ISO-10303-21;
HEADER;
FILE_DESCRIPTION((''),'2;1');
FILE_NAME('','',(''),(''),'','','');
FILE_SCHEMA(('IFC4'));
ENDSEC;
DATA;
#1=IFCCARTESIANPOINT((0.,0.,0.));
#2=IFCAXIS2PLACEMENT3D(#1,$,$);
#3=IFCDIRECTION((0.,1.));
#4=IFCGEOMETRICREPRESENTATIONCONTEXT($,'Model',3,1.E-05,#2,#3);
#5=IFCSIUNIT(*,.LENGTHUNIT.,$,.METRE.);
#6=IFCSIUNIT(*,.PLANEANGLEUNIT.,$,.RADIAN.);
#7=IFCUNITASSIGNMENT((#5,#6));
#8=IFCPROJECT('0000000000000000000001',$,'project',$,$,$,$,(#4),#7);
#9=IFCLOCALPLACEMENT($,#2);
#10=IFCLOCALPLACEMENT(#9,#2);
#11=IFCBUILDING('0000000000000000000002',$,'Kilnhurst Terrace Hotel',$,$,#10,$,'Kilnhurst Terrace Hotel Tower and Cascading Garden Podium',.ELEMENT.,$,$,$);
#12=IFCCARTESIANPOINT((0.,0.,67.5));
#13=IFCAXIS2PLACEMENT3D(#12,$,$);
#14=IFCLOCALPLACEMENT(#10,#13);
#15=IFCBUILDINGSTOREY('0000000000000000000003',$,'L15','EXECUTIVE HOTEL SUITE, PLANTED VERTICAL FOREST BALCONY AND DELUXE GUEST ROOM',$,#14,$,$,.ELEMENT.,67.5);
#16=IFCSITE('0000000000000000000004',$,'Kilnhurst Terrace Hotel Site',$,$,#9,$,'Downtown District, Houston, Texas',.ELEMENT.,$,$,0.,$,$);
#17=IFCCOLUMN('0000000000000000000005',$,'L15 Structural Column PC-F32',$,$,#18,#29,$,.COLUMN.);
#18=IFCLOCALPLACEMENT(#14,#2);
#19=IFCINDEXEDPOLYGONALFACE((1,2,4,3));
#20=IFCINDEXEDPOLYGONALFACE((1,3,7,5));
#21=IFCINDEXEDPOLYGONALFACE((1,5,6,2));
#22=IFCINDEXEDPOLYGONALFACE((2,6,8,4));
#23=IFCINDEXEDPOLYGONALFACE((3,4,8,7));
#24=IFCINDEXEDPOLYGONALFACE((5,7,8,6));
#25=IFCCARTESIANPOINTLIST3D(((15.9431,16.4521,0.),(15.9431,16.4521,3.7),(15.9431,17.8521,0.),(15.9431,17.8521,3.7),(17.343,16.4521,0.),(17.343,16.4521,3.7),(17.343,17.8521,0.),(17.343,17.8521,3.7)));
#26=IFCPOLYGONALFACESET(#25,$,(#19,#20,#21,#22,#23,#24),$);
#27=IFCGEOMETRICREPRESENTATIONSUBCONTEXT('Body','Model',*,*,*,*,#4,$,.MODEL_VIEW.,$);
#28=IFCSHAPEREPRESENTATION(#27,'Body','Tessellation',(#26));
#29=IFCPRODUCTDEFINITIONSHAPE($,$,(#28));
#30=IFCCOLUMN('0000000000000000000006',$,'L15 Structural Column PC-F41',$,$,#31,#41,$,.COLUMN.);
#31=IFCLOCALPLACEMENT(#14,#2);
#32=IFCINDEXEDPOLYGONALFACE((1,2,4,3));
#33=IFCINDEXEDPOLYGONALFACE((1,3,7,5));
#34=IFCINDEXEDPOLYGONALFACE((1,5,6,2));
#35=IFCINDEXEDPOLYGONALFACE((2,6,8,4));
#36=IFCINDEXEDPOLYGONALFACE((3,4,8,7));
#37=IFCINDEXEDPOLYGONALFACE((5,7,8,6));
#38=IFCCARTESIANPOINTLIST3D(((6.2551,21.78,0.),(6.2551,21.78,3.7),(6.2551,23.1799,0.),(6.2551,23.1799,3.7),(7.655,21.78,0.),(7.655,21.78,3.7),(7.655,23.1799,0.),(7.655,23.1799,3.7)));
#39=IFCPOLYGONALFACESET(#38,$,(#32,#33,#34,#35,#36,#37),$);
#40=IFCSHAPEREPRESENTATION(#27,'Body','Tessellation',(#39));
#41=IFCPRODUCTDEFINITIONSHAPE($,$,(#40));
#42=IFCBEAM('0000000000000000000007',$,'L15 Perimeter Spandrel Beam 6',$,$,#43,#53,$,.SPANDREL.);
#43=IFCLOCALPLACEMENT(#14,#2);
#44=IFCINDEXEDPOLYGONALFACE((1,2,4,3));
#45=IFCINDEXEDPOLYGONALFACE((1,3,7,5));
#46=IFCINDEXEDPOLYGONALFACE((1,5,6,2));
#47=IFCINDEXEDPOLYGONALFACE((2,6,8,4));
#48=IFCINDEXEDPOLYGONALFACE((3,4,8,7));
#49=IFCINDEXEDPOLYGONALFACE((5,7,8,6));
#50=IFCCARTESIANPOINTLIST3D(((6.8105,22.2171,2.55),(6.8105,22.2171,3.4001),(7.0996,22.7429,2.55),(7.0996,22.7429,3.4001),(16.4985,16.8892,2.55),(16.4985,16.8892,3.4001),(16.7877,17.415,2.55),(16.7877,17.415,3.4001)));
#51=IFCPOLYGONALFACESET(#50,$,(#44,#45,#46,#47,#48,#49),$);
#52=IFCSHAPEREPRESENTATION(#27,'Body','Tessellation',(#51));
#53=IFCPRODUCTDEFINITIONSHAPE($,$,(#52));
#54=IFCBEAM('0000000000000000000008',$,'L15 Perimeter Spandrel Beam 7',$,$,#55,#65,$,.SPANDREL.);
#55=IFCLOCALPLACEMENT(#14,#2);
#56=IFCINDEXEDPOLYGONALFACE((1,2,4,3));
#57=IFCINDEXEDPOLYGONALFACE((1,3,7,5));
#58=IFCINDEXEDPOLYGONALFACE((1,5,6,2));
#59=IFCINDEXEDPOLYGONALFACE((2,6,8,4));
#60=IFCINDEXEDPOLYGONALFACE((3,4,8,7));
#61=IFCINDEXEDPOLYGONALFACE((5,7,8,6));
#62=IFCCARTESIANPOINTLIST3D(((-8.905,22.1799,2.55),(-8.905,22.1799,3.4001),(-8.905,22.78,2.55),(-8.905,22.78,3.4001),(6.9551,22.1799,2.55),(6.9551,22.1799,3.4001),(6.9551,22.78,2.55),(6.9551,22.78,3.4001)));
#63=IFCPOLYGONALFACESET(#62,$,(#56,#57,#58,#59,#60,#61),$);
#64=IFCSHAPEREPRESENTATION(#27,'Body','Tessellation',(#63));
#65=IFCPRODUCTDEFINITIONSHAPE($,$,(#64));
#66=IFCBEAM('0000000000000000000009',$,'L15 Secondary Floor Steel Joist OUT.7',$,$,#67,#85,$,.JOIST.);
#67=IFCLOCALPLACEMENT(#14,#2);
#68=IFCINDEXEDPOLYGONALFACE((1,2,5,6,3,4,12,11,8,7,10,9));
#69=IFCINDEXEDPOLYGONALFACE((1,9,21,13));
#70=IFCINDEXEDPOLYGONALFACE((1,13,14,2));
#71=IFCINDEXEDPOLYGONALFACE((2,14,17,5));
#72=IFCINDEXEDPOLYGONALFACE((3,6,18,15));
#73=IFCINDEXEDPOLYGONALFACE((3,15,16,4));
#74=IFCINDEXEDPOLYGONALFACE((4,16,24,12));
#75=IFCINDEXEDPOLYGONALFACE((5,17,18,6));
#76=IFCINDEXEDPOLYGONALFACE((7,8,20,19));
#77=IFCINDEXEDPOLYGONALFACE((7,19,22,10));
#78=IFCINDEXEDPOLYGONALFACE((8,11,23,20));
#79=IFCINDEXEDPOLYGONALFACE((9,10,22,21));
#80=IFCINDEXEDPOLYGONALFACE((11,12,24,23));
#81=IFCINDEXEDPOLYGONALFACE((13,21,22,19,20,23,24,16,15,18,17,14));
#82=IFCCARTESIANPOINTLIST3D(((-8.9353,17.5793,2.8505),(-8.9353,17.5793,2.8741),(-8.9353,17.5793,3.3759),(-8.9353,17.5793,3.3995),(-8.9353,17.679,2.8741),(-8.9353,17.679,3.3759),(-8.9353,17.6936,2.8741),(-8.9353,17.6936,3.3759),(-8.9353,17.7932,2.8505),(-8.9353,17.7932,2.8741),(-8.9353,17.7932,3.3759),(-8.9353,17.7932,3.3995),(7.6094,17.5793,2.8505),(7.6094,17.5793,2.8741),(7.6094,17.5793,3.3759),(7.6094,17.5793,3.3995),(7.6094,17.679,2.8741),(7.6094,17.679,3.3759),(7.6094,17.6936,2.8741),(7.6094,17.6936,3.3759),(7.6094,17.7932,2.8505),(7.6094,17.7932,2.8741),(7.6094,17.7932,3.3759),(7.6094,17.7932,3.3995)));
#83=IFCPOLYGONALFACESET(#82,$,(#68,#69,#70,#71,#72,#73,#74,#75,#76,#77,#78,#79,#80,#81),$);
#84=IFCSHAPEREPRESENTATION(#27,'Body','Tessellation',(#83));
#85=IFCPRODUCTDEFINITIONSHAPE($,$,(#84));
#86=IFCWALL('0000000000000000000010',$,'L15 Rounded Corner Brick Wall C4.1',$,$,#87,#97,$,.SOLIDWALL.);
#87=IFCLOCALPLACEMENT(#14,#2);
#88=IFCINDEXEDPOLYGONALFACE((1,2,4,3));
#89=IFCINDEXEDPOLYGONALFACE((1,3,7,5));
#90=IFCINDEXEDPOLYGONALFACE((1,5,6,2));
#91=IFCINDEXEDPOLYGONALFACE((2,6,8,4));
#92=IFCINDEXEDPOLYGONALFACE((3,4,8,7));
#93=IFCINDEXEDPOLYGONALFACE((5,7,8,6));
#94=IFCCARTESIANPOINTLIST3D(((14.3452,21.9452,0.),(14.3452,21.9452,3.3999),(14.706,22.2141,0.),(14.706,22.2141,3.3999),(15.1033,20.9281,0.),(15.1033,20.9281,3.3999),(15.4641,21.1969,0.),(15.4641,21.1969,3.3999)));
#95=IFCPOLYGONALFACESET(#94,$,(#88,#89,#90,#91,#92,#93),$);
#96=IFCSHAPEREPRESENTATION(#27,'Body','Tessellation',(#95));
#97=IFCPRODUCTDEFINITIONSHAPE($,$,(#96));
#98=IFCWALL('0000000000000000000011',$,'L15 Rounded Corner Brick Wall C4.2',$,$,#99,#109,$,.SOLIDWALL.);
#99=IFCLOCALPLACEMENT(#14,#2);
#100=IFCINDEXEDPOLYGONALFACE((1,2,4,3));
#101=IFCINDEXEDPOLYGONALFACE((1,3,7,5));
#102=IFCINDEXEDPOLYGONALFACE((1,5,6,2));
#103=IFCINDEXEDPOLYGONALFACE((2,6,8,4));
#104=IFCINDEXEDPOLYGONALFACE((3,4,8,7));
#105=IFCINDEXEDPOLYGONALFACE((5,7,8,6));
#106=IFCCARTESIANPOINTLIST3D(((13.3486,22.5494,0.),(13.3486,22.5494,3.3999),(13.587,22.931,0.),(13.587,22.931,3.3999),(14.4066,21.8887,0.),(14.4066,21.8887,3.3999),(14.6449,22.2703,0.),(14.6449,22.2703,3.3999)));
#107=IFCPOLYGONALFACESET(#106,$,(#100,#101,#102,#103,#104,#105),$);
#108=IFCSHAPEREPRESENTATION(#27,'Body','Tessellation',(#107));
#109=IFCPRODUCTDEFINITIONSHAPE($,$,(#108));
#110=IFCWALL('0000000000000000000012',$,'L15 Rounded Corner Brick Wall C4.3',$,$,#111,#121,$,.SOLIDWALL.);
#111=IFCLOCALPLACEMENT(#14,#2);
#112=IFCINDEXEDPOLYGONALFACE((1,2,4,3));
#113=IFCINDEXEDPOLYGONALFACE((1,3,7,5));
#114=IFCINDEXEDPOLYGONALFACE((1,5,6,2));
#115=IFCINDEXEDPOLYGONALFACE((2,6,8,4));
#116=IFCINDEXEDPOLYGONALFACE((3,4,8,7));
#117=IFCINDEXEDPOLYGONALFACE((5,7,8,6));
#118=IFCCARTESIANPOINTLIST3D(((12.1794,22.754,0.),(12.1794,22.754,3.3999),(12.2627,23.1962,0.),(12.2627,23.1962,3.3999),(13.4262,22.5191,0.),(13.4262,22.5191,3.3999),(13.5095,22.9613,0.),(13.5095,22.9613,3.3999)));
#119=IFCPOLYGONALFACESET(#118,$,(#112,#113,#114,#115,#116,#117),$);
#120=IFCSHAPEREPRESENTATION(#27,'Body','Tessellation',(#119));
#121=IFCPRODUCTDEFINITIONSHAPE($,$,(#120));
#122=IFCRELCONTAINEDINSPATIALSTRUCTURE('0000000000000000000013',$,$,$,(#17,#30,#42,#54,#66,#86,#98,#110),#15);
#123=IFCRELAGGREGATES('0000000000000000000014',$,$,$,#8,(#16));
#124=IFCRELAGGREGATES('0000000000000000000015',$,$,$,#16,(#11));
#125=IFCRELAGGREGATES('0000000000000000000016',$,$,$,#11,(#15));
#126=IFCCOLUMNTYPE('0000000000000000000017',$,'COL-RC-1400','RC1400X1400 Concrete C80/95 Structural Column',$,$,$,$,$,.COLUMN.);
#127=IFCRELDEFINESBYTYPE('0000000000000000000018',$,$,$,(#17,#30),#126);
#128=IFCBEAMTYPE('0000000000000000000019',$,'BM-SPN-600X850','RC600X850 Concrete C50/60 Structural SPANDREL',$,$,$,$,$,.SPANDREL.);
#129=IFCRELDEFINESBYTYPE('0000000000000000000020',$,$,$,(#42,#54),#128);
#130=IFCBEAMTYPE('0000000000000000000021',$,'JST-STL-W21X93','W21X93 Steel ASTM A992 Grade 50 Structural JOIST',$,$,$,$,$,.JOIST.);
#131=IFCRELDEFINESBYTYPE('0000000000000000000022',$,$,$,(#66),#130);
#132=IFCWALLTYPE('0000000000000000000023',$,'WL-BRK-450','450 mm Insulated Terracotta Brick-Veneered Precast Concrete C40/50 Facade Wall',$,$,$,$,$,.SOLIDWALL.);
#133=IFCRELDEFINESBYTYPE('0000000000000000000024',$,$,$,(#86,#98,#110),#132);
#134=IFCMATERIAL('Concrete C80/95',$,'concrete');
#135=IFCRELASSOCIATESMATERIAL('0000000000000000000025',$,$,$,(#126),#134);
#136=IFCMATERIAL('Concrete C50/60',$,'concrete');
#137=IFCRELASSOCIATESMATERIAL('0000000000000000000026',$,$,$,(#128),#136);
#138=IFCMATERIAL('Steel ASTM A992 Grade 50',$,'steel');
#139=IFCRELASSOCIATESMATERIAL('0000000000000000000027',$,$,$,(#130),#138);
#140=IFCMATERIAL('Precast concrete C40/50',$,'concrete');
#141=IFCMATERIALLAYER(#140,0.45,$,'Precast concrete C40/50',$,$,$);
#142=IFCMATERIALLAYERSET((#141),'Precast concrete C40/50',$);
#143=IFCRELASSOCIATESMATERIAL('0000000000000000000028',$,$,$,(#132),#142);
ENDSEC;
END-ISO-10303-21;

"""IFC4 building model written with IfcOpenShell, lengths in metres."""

from ifc_helpers import new_model, si_unit, direction, frame, frame_2d, origin, origin_2d, place, context, subcontext, project, spatial, rectangle, i_section, extrude, material, layer, layer_set, material_profile, profile_set, type_object, element, save


model = new_model("IFC4")

# Units and contexts
model_context = context("Model", 3, precision=1e-05, world=origin(), true_north=direction((0.0, 1.0)))
body_context = subcontext(model_context, "Body", "Model", "MODEL_VIEW")
ifc_project = project(units=[si_unit("LENGTHUNIT", "METRE"), si_unit("PLANEANGLEUNIT", "RADIAN")], contexts=[model_context])

# Site, building, storey
site_placement = place(None, origin())
site = spatial("IfcSite", under=ifc_project, at=site_placement, Name="Kilnhurst Terrace Hotel Site", LongName="Downtown District, Houston, Texas", CompositionType="ELEMENT", RefElevation=0.0)
building_placement = place(site_placement, origin())
building = spatial("IfcBuilding", under=site, at=building_placement, Name="Kilnhurst Terrace Hotel", LongName="Kilnhurst Terrace Hotel Tower and Cascading Garden Podium", CompositionType="ELEMENT")
storey_placement = place(building_placement, frame((0.0, 0.0, 67.5)))
storey = spatial("IfcBuildingStorey", under=building, at=storey_placement, Name="L15", Description="EXECUTIVE HOTEL SUITE, PLANTED VERTICAL FOREST BALCONY AND DELUXE GUEST ROOM", CompositionType="ELEMENT", Elevation=67.5)

# Columns
ifc_material_1 = material(Name="Concrete C80/95", Category="concrete")
ifc_material_profile_1 = material_profile(ifc_material_1, rectangle(XDim=1.3999, YDim=1.3999, at=origin_2d()), Name="RC1400X1400")
ifc_profile_set_1 = profile_set([ifc_material_profile_1], Name="Concrete C80/95")
column_type = type_object("IfcColumnType", Name="COL-RC-1400", Description="RC1400X1400 Concrete C80/95 Structural Column", PredefinedType="COLUMN", material=ifc_profile_set_1)
for number, where, z_axis, x_axis, name in (
    (1, (16.6431, 17.1521, 0.0), (0.0, 0.0, 1.0), (1.0, 0.0, 0.0), "L15 Structural Column PC-F32"),
    (2, (6.9551, 22.48, 0.0), (0.0, 0.0, 1.0), (1.0, 0.0, 0.0), "L15 Structural Column PC-F41"),
):
    element("IfcColumn", number, at=place(storey_placement, frame(where, z_axis=z_axis, x_axis=x_axis)), inside=storey, type_object=column_type, Name=name, PredefinedType="COLUMN", context=body_context, shape_type="SweptSolid", body=[
        extrude(rectangle(XDim=1.3999, YDim=1.3999, at=origin_2d()), origin(), (0.0, 0.0, 1.0), 3.7),
    ])

# Beams
ifc_material_2 = material(Name="Concrete C50/60", Category="concrete")
ifc_material_profile_2 = material_profile(ifc_material_2, rectangle(XDim=0.6001, YDim=0.8501, at=origin_2d()), Name="RC600X850")
ifc_profile_set_2 = profile_set([ifc_material_profile_2], Name="Concrete C50/60")
beam_type_1 = type_object("IfcBeamType", Name="BM-SPN-600X850", Description="RC600X850 Concrete C50/60 Structural SPANDREL", PredefinedType="SPANDREL", material=ifc_profile_set_2)
beam_1_placement = place(storey_placement, frame((16.6431, 17.1521, 2.9751), z_axis=(-0.876235, 0.481883, 0.0), x_axis=(-0.481883, -0.876235, 0.0)))
element("IfcBeam", 3, at=beam_1_placement, inside=storey, type_object=beam_type_1, Name="L15 Perimeter Spandrel Beam 6", PredefinedType="SPANDREL", context=body_context, shape_type="SweptSolid", body=[
    extrude(rectangle(XDim=0.6001, YDim=0.8501, at=origin_2d()), origin(), (0.0, 0.0, 1.0), 11.0564),
])
beam_2_placement = place(storey_placement, frame((6.9551, 22.48, 2.9751), z_axis=(-1.0, 0.0, 0.0), x_axis=(0.0, -1.0, 0.0)))
element("IfcBeam", 4, at=beam_2_placement, inside=storey, type_object=beam_type_1, Name="L15 Perimeter Spandrel Beam 7", PredefinedType="SPANDREL", context=body_context, shape_type="SweptSolid", body=[
    extrude(rectangle(XDim=0.6001, YDim=0.8501, at=origin_2d()), origin(), (0.0, 0.0, 1.0), 15.8601),
])
ifc_material_3 = material(Name="Steel ASTM A992 Grade 50", Category="steel")
ifc_material_profile_3 = material_profile(ifc_material_3, i_section(OverallWidth=0.2139, OverallDepth=0.5491, WebThickness=0.0146, FlangeThickness=0.0237, at=origin_2d()), Name="W21X93")
ifc_profile_set_3 = profile_set([ifc_material_profile_3], Name="Steel ASTM A992 Grade 50")
beam_type_2 = type_object("IfcBeamType", Name="JST-STL-W21X93", Description="W21X93 Steel ASTM A992 Grade 50 Structural JOIST", PredefinedType="JOIST", material=ifc_profile_set_3)
beam_3_placement = place(storey_placement, frame((7.6094, 17.6863, 3.125), z_axis=(-1.0, 0.0, 0.0), x_axis=(0.0, -1.0, 0.0)))
element("IfcBeam", 5, at=beam_3_placement, inside=storey, type_object=beam_type_2, Name="L15 Secondary Floor Steel Joist OUT.7", PredefinedType="JOIST", context=body_context, shape_type="SweptSolid", body=[
    extrude(i_section(OverallWidth=0.2139, OverallDepth=0.5491, WebThickness=0.0146, FlangeThickness=0.0237, at=origin_2d()), origin(), (0.0, 0.0, 1.0), 16.5447),
])

# Walls
ifc_material_4 = material(Name="Precast concrete C40/50", Category="concrete")
ifc_layer_1 = layer(ifc_material_4, 0.45, Name="Precast concrete C40/50")
ifc_layer_set_1 = layer_set([ifc_layer_1], Name="Precast concrete C40/50")
wall_type_1 = type_object("IfcWallType", Name="WL-BRK-450", Description="450 mm Insulated Terracotta Brick-Veneered Precast Concrete C40/50 Facade Wall", PredefinedType="SOLIDWALL", material=ifc_layer_set_1)
wall_1_placement = place(storey_placement, frame((15.2837, 21.0625, 0.0), z_axis=(0.0, 0.0, 1.0), x_axis=(-0.597595, 0.801798, 0.0)))
element("IfcWall", 6, at=wall_1_placement, inside=storey, type_object=wall_type_1, Name="L15 Rounded Corner Brick Wall C4.1", PredefinedType="SOLIDWALL", context=body_context, shape_type="SweptSolid", body=[
    extrude(rectangle(XDim=1.2686, YDim=0.45, at=frame_2d((0.6343, 0.0))), origin(), (0.0, 0.0, 1.0), 3.3999),
])
wall_2_placement = place(storey_placement, frame((14.5256, 22.0796, 0.0), z_axis=(0.0, 0.0, 1.0), x_axis=(-0.848185, 0.5297, 0.0)))
element("IfcWall", 7, at=wall_2_placement, inside=storey, type_object=wall_type_1, Name="L15 Rounded Corner Brick Wall C4.2", PredefinedType="SOLIDWALL", context=body_context, shape_type="SweptSolid", body=[
    extrude(rectangle(XDim=1.2473, YDim=0.45, at=frame_2d((0.6235, 0.0))), origin(), (0.0, 0.0, 1.0), 3.3999),
])
wall_3_placement = place(storey_placement, frame((13.4678, 22.7402, 0.0), z_axis=(0.0, 0.0, 1.0), x_axis=(-0.982717, 0.185113, 0.0)))
element("IfcWall", 8, at=wall_3_placement, inside=storey, type_object=wall_type_1, Name="L15 Rounded Corner Brick Wall C4.3", PredefinedType="SOLIDWALL", context=body_context, shape_type="SweptSolid", body=[
    extrude(rectangle(XDim=1.2688, YDim=0.45, at=frame_2d((0.6343, 0.0))), origin(), (0.0, 0.0, 1.0), 3.3999),
])

save(model, "model.ifc")
